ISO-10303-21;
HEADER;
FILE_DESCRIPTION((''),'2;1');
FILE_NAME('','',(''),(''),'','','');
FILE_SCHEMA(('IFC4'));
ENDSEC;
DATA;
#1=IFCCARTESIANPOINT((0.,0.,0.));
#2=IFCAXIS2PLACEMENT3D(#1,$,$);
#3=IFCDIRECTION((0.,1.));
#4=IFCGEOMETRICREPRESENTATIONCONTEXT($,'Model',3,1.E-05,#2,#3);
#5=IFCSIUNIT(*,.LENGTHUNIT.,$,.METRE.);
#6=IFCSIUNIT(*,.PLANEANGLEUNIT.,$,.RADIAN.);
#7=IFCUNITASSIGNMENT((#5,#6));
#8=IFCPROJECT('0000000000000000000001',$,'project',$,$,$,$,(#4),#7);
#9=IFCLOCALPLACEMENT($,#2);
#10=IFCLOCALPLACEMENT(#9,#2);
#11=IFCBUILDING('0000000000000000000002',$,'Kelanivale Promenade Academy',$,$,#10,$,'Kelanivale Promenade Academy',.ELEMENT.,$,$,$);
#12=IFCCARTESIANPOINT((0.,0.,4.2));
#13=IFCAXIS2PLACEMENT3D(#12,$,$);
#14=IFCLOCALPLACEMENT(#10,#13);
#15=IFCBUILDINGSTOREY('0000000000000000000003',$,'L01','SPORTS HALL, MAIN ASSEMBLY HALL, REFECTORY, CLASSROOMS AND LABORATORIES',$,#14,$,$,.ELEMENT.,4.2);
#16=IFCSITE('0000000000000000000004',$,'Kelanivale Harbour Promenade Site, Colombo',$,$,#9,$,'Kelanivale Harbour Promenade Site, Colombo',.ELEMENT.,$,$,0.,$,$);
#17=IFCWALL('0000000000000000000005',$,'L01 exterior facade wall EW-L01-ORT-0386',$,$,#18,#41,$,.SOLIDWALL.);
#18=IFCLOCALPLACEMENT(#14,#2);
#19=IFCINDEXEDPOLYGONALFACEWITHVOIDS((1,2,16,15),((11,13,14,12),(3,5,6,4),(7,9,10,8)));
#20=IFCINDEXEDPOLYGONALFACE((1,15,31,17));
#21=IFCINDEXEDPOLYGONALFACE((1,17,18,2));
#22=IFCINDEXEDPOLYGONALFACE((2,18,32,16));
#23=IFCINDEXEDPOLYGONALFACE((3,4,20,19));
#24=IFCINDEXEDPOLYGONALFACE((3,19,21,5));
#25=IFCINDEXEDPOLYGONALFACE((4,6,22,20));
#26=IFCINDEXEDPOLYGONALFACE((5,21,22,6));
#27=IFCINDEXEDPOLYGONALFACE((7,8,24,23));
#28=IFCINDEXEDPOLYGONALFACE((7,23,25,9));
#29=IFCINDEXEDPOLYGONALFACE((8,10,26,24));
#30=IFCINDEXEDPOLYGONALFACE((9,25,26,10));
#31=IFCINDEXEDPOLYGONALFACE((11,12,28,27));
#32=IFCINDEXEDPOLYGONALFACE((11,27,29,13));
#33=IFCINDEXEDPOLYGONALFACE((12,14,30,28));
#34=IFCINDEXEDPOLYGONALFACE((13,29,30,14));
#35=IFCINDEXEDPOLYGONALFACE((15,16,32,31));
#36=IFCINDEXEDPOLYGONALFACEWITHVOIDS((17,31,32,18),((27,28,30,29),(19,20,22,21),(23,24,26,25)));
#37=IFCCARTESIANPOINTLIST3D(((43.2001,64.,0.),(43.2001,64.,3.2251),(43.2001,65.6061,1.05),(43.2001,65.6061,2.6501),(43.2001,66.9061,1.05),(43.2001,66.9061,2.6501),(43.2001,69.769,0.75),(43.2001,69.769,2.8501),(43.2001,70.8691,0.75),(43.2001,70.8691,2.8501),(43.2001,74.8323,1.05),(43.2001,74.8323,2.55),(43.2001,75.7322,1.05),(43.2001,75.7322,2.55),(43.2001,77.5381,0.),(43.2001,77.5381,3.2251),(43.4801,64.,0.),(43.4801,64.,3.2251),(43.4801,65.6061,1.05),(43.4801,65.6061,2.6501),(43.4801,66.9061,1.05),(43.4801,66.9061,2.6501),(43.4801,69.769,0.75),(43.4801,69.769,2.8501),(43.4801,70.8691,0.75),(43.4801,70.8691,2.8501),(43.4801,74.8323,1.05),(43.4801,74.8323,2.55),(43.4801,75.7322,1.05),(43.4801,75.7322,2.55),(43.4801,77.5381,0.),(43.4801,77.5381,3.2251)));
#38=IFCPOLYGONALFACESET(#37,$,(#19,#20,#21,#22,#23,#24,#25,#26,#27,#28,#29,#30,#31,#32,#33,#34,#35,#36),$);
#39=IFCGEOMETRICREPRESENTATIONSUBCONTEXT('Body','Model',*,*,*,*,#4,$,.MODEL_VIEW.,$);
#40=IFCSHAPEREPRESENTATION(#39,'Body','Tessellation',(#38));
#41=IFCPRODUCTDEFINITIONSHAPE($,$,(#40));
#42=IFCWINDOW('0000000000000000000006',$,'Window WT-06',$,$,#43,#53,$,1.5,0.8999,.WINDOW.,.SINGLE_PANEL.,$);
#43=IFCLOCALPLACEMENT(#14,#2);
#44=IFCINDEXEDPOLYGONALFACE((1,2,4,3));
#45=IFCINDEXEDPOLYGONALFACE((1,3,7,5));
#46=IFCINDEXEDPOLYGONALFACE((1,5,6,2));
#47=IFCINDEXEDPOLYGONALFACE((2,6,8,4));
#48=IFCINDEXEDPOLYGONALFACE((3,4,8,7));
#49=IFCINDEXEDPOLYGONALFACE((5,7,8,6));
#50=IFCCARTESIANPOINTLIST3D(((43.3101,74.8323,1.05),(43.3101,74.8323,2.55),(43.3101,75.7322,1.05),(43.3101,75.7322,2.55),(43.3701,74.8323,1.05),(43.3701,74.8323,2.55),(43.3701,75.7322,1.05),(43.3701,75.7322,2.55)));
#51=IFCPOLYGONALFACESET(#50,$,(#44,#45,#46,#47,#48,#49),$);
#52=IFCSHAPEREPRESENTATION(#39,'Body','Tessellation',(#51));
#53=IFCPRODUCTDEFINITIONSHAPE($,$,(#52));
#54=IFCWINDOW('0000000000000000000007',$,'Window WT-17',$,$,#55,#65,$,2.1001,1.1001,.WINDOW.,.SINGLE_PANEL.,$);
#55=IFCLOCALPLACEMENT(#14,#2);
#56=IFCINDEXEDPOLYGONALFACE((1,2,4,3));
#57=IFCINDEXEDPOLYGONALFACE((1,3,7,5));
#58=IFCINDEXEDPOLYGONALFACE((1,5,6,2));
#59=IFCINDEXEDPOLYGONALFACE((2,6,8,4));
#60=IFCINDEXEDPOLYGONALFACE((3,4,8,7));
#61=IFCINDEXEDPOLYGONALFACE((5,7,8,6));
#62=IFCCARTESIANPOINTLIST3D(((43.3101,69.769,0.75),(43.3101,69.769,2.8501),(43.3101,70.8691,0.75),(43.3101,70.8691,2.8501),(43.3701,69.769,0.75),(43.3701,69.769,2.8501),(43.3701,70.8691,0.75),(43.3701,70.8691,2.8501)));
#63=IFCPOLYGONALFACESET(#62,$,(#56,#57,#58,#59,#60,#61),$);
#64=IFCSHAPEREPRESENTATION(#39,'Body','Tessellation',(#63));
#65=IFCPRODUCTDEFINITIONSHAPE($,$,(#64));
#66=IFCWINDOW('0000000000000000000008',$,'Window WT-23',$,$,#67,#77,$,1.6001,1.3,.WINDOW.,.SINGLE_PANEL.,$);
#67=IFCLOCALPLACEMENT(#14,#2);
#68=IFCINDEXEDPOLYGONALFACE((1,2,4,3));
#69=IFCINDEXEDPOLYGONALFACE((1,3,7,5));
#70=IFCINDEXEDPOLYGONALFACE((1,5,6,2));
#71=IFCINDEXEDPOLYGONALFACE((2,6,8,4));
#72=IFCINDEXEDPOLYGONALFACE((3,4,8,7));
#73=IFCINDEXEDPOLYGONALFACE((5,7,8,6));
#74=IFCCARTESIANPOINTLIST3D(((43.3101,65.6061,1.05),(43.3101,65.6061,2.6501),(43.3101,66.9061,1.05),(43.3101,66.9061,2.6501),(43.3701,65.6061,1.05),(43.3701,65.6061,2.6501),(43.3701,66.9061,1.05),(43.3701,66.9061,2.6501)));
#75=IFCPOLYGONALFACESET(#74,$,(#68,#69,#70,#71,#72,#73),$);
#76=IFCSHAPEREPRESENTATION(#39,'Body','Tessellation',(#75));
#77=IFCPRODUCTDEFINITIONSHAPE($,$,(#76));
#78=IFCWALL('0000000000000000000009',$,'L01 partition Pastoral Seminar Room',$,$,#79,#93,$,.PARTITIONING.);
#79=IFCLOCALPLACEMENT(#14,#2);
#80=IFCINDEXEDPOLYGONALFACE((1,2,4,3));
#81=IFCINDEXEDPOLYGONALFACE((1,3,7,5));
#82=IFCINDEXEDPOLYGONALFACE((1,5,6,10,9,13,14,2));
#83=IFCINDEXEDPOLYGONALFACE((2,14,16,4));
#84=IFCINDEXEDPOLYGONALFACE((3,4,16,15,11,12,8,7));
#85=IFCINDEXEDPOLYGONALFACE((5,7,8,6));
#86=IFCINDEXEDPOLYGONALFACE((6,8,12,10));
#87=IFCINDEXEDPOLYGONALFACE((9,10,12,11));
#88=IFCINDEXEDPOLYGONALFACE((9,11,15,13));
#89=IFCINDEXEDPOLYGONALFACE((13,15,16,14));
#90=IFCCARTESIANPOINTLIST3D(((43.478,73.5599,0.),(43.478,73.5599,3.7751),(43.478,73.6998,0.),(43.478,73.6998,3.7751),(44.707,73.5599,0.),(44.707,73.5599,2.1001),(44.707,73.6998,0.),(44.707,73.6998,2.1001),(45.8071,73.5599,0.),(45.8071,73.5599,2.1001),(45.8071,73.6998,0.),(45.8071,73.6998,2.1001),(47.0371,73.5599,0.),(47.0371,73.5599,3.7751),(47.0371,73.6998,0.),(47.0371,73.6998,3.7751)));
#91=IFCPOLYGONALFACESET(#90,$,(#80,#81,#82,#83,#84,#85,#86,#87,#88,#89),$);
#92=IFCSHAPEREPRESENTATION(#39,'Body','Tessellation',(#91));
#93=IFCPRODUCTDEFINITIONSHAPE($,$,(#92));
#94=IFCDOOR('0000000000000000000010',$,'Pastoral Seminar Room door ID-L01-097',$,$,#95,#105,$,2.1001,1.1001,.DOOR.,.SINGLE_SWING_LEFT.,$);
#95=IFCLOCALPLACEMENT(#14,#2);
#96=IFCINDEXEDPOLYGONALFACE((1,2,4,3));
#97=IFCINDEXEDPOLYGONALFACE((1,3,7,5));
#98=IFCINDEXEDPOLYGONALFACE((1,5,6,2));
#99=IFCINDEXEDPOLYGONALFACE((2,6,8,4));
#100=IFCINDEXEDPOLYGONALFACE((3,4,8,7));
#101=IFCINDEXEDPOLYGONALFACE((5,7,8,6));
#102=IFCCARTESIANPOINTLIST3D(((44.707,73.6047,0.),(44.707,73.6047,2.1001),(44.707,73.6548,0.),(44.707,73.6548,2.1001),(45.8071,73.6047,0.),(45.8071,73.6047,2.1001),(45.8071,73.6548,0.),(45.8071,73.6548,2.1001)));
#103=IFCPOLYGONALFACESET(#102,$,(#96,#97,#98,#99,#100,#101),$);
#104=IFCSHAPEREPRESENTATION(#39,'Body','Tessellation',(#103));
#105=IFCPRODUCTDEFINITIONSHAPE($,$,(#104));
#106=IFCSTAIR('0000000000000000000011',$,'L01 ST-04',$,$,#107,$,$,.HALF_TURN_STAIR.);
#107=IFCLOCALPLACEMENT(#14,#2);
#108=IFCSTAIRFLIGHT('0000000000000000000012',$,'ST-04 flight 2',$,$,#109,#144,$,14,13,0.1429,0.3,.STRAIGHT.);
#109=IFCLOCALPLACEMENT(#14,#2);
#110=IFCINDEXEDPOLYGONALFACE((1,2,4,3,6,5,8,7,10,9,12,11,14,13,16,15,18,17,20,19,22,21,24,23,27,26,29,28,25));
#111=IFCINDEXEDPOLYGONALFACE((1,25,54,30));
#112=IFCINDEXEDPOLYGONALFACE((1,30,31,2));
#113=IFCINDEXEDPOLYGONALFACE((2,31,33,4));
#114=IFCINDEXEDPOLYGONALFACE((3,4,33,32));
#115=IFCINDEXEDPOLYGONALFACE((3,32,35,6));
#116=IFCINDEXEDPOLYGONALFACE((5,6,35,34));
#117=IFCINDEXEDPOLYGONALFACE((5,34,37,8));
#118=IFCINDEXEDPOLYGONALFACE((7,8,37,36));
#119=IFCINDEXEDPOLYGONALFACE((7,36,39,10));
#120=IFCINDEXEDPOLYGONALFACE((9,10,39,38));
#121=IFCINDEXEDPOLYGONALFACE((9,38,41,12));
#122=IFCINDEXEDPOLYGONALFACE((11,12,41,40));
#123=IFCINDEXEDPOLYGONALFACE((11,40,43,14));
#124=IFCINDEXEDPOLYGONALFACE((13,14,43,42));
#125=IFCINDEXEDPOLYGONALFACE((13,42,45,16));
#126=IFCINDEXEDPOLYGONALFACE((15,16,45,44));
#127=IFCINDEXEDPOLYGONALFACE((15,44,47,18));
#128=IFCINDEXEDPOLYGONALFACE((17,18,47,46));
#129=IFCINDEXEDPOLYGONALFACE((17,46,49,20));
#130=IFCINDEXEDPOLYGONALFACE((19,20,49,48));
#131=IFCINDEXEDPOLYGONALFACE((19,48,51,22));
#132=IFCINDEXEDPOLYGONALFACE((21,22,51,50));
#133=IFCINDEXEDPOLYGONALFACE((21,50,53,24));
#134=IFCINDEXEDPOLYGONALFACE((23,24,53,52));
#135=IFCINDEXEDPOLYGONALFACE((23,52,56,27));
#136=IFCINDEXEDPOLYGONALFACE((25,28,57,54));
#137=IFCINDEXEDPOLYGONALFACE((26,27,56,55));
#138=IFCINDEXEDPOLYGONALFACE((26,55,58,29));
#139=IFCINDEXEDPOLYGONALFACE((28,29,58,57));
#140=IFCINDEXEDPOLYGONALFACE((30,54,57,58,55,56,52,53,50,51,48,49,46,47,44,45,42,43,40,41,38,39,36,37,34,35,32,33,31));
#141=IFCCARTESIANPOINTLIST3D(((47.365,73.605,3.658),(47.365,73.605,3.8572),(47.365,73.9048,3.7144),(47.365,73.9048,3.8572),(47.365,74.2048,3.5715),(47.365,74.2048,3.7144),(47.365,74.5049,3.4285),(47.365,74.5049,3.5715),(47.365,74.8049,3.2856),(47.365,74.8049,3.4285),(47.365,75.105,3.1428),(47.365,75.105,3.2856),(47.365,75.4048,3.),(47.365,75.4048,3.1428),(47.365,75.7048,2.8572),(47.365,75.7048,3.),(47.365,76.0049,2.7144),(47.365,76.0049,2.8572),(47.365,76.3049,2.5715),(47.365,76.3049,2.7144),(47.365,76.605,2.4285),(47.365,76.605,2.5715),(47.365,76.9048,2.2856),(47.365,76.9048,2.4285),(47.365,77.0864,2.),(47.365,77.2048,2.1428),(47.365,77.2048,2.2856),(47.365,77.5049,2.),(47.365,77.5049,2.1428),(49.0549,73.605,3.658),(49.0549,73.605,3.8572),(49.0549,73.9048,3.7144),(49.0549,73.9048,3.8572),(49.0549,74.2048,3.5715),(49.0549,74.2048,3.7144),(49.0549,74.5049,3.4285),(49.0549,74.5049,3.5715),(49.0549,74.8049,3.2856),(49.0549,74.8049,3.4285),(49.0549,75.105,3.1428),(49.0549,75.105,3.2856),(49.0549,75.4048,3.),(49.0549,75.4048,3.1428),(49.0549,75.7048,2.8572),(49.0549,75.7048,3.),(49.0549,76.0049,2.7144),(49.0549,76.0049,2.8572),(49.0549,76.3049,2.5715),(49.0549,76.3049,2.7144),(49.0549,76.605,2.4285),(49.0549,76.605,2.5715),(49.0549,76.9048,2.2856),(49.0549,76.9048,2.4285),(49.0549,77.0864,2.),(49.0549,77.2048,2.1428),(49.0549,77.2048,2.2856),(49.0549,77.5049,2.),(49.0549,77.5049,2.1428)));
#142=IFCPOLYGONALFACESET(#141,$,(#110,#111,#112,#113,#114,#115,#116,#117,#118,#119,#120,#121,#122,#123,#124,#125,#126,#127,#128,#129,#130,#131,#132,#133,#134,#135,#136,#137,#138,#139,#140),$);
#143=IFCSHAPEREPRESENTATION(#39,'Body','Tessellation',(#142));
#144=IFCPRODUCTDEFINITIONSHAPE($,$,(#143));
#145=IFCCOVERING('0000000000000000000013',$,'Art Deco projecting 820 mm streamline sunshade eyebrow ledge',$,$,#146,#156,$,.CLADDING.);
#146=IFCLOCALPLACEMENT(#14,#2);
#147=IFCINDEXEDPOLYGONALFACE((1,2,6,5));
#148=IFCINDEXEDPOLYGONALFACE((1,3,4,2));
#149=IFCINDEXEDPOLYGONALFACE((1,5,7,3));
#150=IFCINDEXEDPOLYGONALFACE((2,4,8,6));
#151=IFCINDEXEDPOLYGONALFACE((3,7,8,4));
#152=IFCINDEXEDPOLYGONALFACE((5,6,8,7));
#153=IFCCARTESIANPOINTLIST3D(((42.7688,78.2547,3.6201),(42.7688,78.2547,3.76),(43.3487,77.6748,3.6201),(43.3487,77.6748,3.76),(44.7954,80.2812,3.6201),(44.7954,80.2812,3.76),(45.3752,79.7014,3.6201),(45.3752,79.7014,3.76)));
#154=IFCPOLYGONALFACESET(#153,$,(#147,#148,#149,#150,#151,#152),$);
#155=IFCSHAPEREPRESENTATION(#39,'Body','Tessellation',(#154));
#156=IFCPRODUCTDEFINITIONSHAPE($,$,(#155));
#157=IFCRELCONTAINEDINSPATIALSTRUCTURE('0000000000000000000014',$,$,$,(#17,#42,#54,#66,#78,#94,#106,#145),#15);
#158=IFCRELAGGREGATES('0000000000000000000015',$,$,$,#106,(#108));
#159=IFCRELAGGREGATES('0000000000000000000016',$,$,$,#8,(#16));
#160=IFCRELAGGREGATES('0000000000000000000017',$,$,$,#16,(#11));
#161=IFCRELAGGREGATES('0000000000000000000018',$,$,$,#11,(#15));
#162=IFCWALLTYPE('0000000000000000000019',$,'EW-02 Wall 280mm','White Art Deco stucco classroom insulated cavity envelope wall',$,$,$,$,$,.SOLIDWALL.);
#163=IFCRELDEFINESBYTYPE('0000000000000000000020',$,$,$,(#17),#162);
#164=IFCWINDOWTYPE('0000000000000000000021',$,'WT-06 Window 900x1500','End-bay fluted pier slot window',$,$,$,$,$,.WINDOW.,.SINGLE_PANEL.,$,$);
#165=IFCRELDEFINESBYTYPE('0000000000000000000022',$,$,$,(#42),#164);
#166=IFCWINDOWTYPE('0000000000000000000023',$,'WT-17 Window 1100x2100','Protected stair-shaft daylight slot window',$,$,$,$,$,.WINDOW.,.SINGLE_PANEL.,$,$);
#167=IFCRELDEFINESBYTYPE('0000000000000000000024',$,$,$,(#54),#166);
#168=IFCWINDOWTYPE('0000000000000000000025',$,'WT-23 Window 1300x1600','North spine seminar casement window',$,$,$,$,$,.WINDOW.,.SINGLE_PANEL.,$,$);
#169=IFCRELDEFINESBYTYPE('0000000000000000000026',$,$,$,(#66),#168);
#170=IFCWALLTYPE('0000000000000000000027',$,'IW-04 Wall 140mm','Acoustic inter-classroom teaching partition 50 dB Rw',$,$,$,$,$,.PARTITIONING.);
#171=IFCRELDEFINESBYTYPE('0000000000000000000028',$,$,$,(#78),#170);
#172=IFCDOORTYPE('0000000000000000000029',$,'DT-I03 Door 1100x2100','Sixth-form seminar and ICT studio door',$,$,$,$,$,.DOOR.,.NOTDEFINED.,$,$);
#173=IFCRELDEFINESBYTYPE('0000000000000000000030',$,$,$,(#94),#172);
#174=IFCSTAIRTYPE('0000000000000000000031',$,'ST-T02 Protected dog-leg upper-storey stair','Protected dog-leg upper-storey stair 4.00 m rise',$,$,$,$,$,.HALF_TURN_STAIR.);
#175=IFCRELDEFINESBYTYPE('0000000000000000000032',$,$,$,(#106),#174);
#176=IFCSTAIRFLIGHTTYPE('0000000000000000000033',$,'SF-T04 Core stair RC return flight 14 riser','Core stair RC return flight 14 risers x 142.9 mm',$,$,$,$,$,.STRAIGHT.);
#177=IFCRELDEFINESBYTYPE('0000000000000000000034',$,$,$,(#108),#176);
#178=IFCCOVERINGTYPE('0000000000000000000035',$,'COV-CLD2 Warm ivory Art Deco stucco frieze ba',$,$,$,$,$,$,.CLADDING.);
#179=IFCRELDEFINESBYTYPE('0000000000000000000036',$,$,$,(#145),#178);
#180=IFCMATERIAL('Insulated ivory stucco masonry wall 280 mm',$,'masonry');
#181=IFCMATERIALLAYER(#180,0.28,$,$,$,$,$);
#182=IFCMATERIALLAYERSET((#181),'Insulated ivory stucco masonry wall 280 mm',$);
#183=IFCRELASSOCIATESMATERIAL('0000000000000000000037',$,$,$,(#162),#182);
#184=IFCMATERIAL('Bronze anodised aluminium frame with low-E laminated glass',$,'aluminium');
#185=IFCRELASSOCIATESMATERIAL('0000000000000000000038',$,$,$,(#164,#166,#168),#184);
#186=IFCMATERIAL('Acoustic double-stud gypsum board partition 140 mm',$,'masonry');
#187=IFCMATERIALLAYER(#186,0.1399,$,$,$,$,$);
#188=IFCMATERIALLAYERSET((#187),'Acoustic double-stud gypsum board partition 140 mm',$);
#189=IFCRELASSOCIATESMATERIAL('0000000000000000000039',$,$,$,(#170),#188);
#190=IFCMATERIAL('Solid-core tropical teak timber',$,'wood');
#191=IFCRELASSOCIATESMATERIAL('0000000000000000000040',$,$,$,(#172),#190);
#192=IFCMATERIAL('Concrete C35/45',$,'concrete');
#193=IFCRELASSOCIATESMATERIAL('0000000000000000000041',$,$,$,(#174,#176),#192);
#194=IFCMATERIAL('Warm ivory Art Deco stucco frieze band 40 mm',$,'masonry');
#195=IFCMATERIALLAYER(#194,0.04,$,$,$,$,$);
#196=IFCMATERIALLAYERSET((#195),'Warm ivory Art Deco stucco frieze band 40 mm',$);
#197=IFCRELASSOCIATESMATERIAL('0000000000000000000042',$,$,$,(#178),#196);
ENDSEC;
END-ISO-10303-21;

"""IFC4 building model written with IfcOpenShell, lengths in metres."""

from ifc_helpers import new_model, si_unit, direction, frame, frame_2d, origin, origin_2d, place, context, subcontext, project, spatial, polyline, rectangle, outline, extrude, material, layer, layer_set, type_object, element, fill, aggregate, save


model = new_model("IFC4")

# Units and contexts
model_context = context("Model", 3, precision=1e-05, world=origin(), true_north=direction((0.0, 1.0)))
body_context = subcontext(model_context, "Body", "Model", "MODEL_VIEW")
ifc_project = project(units=[si_unit("LENGTHUNIT", "METRE"), si_unit("PLANEANGLEUNIT", "RADIAN")], contexts=[model_context])

# Site, building, storey
site_placement = place(None, origin())
site = spatial("IfcSite", under=ifc_project, at=site_placement, Name="Kelanivale Harbour Promenade Site, Colombo", LongName="Kelanivale Harbour Promenade Site, Colombo", CompositionType="ELEMENT", RefElevation=0.0)
building_placement = place(site_placement, origin())
building = spatial("IfcBuilding", under=site, at=building_placement, Name="Kelanivale Promenade Academy", LongName="Kelanivale Promenade Academy", CompositionType="ELEMENT")
storey_placement = place(building_placement, frame((0.0, 0.0, 4.2)))
storey = spatial("IfcBuildingStorey", under=building, at=storey_placement, Name="L01", Description="SPORTS HALL, MAIN ASSEMBLY HALL, REFECTORY, CLASSROOMS AND LABORATORIES", CompositionType="ELEMENT", Elevation=4.2)

# Shared definitions
ifc_material_1 = material(Name="Concrete C35/45", Category="concrete")

# Shared definitions
ifc_material_2 = material(Name="Insulated ivory stucco masonry wall 280 mm", Category="masonry")
ifc_layer_1 = layer(ifc_material_2, 0.28)
ifc_layer_set_1 = layer_set([ifc_layer_1], Name="Insulated ivory stucco masonry wall 280 mm")
wall_type_1 = type_object("IfcWallType", Name="EW-02 Wall 280mm", Description="White Art Deco stucco classroom insulated cavity envelope wall", PredefinedType="SOLIDWALL", material=ifc_layer_set_1)

# Shared definitions
ifc_material_3 = material(Name="Bronze anodised aluminium frame with low-E laminated glass", Category="aluminium")

# Wall, openings, windows
wall_1_placement = place(storey_placement, frame((43.3401, 77.5381, 0.0), z_axis=(0.0, 0.0, 1.0), x_axis=(0.0, -1.0, 0.0)))
wall_1 = element("IfcWall", 1, at=wall_1_placement, inside=storey, type_object=wall_type_1, Name="L01 exterior facade wall EW-L01-ORT-0386", PredefinedType="SOLIDWALL", context=body_context, shape_type="SweptSolid", body=[
    extrude(rectangle(XDim=13.5381, YDim=0.28, at=frame_2d((6.769, 0.0))), origin(), (0.0, 0.0, 1.0), 3.2251),
])
opening_1_placement = place(wall_1_placement, frame((1.8059, 0.0, 1.05)))
opening_1 = element("IfcOpeningElement", 2, at=opening_1_placement, cuts=wall_1, PredefinedType="OPENING", context=body_context, shape_type="SweptSolid", body=[
    extrude(rectangle(XDim=0.8999, YDim=1.5, at=frame_2d((0.45, 0.75))), frame((0.0, 0.1499, 0.0), z_axis=(0.0, -1.0, 0.0), x_axis=(1.0, 0.0, 0.0)), (0.0, 0.0, 1.0), 0.3),
])
opening_2_placement = place(wall_1_placement, frame((6.6689, 0.0, 0.75)))
opening_2 = element("IfcOpeningElement", 3, at=opening_2_placement, cuts=wall_1, PredefinedType="OPENING", context=body_context, shape_type="SweptSolid", body=[
    extrude(rectangle(XDim=1.1001, YDim=2.1001, at=frame_2d((0.55, 1.05))), frame((0.0, 0.1499, 0.0), z_axis=(0.0, -1.0, 0.0), x_axis=(1.0, 0.0, 0.0)), (0.0, 0.0, 1.0), 0.3),
])
opening_3_placement = place(wall_1_placement, frame((10.6321, 0.0, 1.05)))
opening_3 = element("IfcOpeningElement", 4, at=opening_3_placement, cuts=wall_1, PredefinedType="OPENING", context=body_context, shape_type="SweptSolid", body=[
    extrude(rectangle(XDim=1.3, YDim=1.6001, at=frame_2d((0.6499, 0.8))), frame((0.0, 0.1499, 0.0), z_axis=(0.0, -1.0, 0.0), x_axis=(1.0, 0.0, 0.0)), (0.0, 0.0, 1.0), 0.3),
])
window_type_1 = type_object("IfcWindowType", Name="WT-06 Window 900x1500", Description="End-bay fluted pier slot window", PartitioningType="SINGLE_PANEL", PredefinedType="WINDOW", material=ifc_material_3)
window_1_placement = place(opening_1_placement, origin())
window_1 = element("IfcWindow", 5, at=window_1_placement, inside=storey, type_object=window_type_1, Name="Window WT-06", OverallHeight=1.5, OverallWidth=0.8999, PartitioningType="SINGLE_PANEL", PredefinedType="WINDOW", context=body_context, shape_type="SweptSolid", body=[
    extrude(rectangle(XDim=0.8999, YDim=1.5, at=frame_2d((0.45, 0.75))), frame((0.0, 0.03, 0.0), z_axis=(0.0, -1.0, 0.0), x_axis=(1.0, 0.0, 0.0)), (0.0, 0.0, 1.0), 0.0601),
])
fill(opening_1, window_1)
window_type_2 = type_object("IfcWindowType", Name="WT-17 Window 1100x2100", Description="Protected stair-shaft daylight slot window", PartitioningType="SINGLE_PANEL", PredefinedType="WINDOW", material=ifc_material_3)
window_2_placement = place(opening_2_placement, origin())
window_2 = element("IfcWindow", 6, at=window_2_placement, inside=storey, type_object=window_type_2, Name="Window WT-17", OverallHeight=2.1001, OverallWidth=1.1001, PartitioningType="SINGLE_PANEL", PredefinedType="WINDOW", context=body_context, shape_type="SweptSolid", body=[
    extrude(rectangle(XDim=1.1001, YDim=2.1001, at=frame_2d((0.55, 1.05))), frame((0.0, 0.03, 0.0), z_axis=(0.0, -1.0, 0.0), x_axis=(1.0, 0.0, 0.0)), (0.0, 0.0, 1.0), 0.0601),
])
fill(opening_2, window_2)
window_type_3 = type_object("IfcWindowType", Name="WT-23 Window 1300x1600", Description="North spine seminar casement window", PartitioningType="SINGLE_PANEL", PredefinedType="WINDOW", material=ifc_material_3)
window_3_placement = place(opening_3_placement, origin())
window_3 = element("IfcWindow", 7, at=window_3_placement, inside=storey, type_object=window_type_3, Name="Window WT-23", OverallHeight=1.6001, OverallWidth=1.3, PartitioningType="SINGLE_PANEL", PredefinedType="WINDOW", context=body_context, shape_type="SweptSolid", body=[
    extrude(rectangle(XDim=1.3, YDim=1.6001, at=frame_2d((0.6499, 0.8))), frame((0.0, 0.03, 0.0), z_axis=(0.0, -1.0, 0.0), x_axis=(1.0, 0.0, 0.0)), (0.0, 0.0, 1.0), 0.0601),
])
fill(opening_3, window_3)

# Wall, opening, door
ifc_material_4 = material(Name="Acoustic double-stud gypsum board partition 140 mm", Category="masonry")
ifc_layer_2 = layer(ifc_material_4, 0.1399)
ifc_layer_set_2 = layer_set([ifc_layer_2], Name="Acoustic double-stud gypsum board partition 140 mm")
wall_type_2 = type_object("IfcWallType", Name="IW-04 Wall 140mm", Description="Acoustic inter-classroom teaching partition 50 dB Rw", PredefinedType="PARTITIONING", material=ifc_layer_set_2)
wall_2_placement = place(storey_placement, frame((43.478, 73.6299, 0.0), z_axis=(0.0, 0.0, 1.0), x_axis=(1.0, 0.0, 0.0)))
wall_2 = element("IfcWall", 8, at=wall_2_placement, inside=storey, type_object=wall_type_2, Name="L01 partition Pastoral Seminar Room", PredefinedType="PARTITIONING", context=body_context, shape_type="SweptSolid", body=[
    extrude(rectangle(XDim=3.5591, YDim=0.1399, at=frame_2d((1.7795, 0.0))), origin(), (0.0, 0.0, 1.0), 3.7751),
])
opening_4_placement = place(wall_2_placement, frame((1.229, 0.0, 0.0)))
opening_4 = element("IfcOpeningElement", 9, at=opening_4_placement, cuts=wall_2, PredefinedType="OPENING", context=body_context, shape_type="SweptSolid", body=[
    extrude(rectangle(XDim=1.1001, YDim=2.1001, at=frame_2d((0.55, 1.05))), frame((0.0, 0.0801, 0.0), z_axis=(0.0, -1.0, 0.0), x_axis=(1.0, 0.0, 0.0)), (0.0, 0.0, 1.0), 0.1599),
])
ifc_material_5 = material(Name="Solid-core tropical teak timber", Category="wood")
door_type = type_object("IfcDoorType", Name="DT-I03 Door 1100x2100", Description="Sixth-form seminar and ICT studio door", OperationType="NOTDEFINED", PredefinedType="DOOR", material=ifc_material_5)
door_placement = place(opening_4_placement, origin())
door = element("IfcDoor", 10, at=door_placement, inside=storey, type_object=door_type, Name="Pastoral Seminar Room door ID-L01-097", OperationType="SINGLE_SWING_LEFT", OverallHeight=2.1001, OverallWidth=1.1001, PredefinedType="DOOR", context=body_context, shape_type="SweptSolid", body=[
    extrude(rectangle(XDim=1.1001, YDim=2.1001, at=frame_2d((0.55, 1.05))), frame((0.0, 0.0249, 0.0), z_axis=(0.0, -1.0, 0.0), x_axis=(1.0, 0.0, 0.0)), (0.0, 0.0, 1.0), 0.05),
])
fill(opening_4, door)

# Stair, stair flight
stair_type = type_object("IfcStairType", Name="ST-T02 Protected dog-leg upper-storey stair", Description="Protected dog-leg upper-storey stair 4.00 m rise", PredefinedType="HALF_TURN_STAIR", material=ifc_material_1)
stair_placement = place(storey_placement, origin())
stair = element("IfcStair", 11, at=stair_placement, inside=storey, type_object=stair_type, Name="L01 ST-04", PredefinedType="HALF_TURN_STAIR")
stair_flight_type = type_object("IfcStairFlightType", Name="SF-T04 Core stair RC return flight 14 riser", Description="Core stair RC return flight 14 risers x 142.9 mm", PredefinedType="STRAIGHT", material=ifc_material_1)
stair_flight_placement = place(storey_placement, frame((48.21, 77.5049, 2.0), z_axis=(0.0, 0.0, 1.0), x_axis=(0.0, -1.0, 0.0)))
stair_flight = element("IfcStairFlight", 12, at=stair_flight_placement, type_object=stair_flight_type, Name="ST-04 flight 2", NumberOfRisers=14, NumberOfTreads=13, PredefinedType="STRAIGHT", RiserHeight=0.1429, TreadLength=0.3, context=body_context, shape_type="SweptSolid", body=[
    extrude(outline(polyline([(0.0, 0.0), (0.0, 0.1428), (0.3, 0.1428), (0.3, 0.2856), (0.6001, 0.2856), (0.6001, 0.4285), (0.8999, 0.4285), (0.8999, 0.5715), (1.2, 0.5715), (1.2, 0.7144), (1.5, 0.7144), (1.5, 0.8572), (1.8, 0.8572), (1.8, 1.0), (2.1001, 1.0), (2.1001, 1.1428), (2.3999, 1.1428), (2.3999, 1.2856), (2.7, 1.2856), (2.7, 1.4285), (3.0, 1.4285), (3.0, 1.5715), (3.3, 1.5715), (3.3, 1.7144), (3.6001, 1.7144), (3.6001, 1.8572), (3.8999, 1.8572), (3.8999, 2.0), (3.8999, 1.658), (0.4185, 0.0), (0.0, 0.0)])), frame((0.0, 0.845, 0.0), z_axis=(0.0, -1.0, 0.0), x_axis=(1.0, 0.0, 0.0)), (0.0, 0.0, 1.0), 1.6899),
])
aggregate(stair, [stair_flight])

# Covering
ifc_material_6 = material(Name="Warm ivory Art Deco stucco frieze band 40 mm", Category="masonry")
ifc_layer_3 = layer(ifc_material_6, 0.04)
ifc_layer_set_3 = layer_set([ifc_layer_3], Name="Warm ivory Art Deco stucco frieze band 40 mm")
covering_type = type_object("IfcCoveringType", Name="COV-CLD2 Warm ivory Art Deco stucco frieze ba", PredefinedType="CLADDING", material=ifc_layer_set_3)
covering_1_placement = place(storey_placement, frame((44.072, 78.978, 3.6201), z_axis=(0.0, 0.0, 1.0), x_axis=(-0.707107, -0.707107, 0.0)))
element("IfcCovering", 13, at=covering_1_placement, inside=storey, type_object=covering_type, Name="Art Deco projecting 820 mm streamline sunshade eyebrow ledge", PredefinedType="CLADDING", context=body_context, shape_type="SweptSolid", body=[
    extrude(rectangle(XDim=2.866, YDim=0.8201, at=origin_2d()), origin(), (0.0, 0.0, 1.0), 0.1399),
])

save(model, "model.ifc")
